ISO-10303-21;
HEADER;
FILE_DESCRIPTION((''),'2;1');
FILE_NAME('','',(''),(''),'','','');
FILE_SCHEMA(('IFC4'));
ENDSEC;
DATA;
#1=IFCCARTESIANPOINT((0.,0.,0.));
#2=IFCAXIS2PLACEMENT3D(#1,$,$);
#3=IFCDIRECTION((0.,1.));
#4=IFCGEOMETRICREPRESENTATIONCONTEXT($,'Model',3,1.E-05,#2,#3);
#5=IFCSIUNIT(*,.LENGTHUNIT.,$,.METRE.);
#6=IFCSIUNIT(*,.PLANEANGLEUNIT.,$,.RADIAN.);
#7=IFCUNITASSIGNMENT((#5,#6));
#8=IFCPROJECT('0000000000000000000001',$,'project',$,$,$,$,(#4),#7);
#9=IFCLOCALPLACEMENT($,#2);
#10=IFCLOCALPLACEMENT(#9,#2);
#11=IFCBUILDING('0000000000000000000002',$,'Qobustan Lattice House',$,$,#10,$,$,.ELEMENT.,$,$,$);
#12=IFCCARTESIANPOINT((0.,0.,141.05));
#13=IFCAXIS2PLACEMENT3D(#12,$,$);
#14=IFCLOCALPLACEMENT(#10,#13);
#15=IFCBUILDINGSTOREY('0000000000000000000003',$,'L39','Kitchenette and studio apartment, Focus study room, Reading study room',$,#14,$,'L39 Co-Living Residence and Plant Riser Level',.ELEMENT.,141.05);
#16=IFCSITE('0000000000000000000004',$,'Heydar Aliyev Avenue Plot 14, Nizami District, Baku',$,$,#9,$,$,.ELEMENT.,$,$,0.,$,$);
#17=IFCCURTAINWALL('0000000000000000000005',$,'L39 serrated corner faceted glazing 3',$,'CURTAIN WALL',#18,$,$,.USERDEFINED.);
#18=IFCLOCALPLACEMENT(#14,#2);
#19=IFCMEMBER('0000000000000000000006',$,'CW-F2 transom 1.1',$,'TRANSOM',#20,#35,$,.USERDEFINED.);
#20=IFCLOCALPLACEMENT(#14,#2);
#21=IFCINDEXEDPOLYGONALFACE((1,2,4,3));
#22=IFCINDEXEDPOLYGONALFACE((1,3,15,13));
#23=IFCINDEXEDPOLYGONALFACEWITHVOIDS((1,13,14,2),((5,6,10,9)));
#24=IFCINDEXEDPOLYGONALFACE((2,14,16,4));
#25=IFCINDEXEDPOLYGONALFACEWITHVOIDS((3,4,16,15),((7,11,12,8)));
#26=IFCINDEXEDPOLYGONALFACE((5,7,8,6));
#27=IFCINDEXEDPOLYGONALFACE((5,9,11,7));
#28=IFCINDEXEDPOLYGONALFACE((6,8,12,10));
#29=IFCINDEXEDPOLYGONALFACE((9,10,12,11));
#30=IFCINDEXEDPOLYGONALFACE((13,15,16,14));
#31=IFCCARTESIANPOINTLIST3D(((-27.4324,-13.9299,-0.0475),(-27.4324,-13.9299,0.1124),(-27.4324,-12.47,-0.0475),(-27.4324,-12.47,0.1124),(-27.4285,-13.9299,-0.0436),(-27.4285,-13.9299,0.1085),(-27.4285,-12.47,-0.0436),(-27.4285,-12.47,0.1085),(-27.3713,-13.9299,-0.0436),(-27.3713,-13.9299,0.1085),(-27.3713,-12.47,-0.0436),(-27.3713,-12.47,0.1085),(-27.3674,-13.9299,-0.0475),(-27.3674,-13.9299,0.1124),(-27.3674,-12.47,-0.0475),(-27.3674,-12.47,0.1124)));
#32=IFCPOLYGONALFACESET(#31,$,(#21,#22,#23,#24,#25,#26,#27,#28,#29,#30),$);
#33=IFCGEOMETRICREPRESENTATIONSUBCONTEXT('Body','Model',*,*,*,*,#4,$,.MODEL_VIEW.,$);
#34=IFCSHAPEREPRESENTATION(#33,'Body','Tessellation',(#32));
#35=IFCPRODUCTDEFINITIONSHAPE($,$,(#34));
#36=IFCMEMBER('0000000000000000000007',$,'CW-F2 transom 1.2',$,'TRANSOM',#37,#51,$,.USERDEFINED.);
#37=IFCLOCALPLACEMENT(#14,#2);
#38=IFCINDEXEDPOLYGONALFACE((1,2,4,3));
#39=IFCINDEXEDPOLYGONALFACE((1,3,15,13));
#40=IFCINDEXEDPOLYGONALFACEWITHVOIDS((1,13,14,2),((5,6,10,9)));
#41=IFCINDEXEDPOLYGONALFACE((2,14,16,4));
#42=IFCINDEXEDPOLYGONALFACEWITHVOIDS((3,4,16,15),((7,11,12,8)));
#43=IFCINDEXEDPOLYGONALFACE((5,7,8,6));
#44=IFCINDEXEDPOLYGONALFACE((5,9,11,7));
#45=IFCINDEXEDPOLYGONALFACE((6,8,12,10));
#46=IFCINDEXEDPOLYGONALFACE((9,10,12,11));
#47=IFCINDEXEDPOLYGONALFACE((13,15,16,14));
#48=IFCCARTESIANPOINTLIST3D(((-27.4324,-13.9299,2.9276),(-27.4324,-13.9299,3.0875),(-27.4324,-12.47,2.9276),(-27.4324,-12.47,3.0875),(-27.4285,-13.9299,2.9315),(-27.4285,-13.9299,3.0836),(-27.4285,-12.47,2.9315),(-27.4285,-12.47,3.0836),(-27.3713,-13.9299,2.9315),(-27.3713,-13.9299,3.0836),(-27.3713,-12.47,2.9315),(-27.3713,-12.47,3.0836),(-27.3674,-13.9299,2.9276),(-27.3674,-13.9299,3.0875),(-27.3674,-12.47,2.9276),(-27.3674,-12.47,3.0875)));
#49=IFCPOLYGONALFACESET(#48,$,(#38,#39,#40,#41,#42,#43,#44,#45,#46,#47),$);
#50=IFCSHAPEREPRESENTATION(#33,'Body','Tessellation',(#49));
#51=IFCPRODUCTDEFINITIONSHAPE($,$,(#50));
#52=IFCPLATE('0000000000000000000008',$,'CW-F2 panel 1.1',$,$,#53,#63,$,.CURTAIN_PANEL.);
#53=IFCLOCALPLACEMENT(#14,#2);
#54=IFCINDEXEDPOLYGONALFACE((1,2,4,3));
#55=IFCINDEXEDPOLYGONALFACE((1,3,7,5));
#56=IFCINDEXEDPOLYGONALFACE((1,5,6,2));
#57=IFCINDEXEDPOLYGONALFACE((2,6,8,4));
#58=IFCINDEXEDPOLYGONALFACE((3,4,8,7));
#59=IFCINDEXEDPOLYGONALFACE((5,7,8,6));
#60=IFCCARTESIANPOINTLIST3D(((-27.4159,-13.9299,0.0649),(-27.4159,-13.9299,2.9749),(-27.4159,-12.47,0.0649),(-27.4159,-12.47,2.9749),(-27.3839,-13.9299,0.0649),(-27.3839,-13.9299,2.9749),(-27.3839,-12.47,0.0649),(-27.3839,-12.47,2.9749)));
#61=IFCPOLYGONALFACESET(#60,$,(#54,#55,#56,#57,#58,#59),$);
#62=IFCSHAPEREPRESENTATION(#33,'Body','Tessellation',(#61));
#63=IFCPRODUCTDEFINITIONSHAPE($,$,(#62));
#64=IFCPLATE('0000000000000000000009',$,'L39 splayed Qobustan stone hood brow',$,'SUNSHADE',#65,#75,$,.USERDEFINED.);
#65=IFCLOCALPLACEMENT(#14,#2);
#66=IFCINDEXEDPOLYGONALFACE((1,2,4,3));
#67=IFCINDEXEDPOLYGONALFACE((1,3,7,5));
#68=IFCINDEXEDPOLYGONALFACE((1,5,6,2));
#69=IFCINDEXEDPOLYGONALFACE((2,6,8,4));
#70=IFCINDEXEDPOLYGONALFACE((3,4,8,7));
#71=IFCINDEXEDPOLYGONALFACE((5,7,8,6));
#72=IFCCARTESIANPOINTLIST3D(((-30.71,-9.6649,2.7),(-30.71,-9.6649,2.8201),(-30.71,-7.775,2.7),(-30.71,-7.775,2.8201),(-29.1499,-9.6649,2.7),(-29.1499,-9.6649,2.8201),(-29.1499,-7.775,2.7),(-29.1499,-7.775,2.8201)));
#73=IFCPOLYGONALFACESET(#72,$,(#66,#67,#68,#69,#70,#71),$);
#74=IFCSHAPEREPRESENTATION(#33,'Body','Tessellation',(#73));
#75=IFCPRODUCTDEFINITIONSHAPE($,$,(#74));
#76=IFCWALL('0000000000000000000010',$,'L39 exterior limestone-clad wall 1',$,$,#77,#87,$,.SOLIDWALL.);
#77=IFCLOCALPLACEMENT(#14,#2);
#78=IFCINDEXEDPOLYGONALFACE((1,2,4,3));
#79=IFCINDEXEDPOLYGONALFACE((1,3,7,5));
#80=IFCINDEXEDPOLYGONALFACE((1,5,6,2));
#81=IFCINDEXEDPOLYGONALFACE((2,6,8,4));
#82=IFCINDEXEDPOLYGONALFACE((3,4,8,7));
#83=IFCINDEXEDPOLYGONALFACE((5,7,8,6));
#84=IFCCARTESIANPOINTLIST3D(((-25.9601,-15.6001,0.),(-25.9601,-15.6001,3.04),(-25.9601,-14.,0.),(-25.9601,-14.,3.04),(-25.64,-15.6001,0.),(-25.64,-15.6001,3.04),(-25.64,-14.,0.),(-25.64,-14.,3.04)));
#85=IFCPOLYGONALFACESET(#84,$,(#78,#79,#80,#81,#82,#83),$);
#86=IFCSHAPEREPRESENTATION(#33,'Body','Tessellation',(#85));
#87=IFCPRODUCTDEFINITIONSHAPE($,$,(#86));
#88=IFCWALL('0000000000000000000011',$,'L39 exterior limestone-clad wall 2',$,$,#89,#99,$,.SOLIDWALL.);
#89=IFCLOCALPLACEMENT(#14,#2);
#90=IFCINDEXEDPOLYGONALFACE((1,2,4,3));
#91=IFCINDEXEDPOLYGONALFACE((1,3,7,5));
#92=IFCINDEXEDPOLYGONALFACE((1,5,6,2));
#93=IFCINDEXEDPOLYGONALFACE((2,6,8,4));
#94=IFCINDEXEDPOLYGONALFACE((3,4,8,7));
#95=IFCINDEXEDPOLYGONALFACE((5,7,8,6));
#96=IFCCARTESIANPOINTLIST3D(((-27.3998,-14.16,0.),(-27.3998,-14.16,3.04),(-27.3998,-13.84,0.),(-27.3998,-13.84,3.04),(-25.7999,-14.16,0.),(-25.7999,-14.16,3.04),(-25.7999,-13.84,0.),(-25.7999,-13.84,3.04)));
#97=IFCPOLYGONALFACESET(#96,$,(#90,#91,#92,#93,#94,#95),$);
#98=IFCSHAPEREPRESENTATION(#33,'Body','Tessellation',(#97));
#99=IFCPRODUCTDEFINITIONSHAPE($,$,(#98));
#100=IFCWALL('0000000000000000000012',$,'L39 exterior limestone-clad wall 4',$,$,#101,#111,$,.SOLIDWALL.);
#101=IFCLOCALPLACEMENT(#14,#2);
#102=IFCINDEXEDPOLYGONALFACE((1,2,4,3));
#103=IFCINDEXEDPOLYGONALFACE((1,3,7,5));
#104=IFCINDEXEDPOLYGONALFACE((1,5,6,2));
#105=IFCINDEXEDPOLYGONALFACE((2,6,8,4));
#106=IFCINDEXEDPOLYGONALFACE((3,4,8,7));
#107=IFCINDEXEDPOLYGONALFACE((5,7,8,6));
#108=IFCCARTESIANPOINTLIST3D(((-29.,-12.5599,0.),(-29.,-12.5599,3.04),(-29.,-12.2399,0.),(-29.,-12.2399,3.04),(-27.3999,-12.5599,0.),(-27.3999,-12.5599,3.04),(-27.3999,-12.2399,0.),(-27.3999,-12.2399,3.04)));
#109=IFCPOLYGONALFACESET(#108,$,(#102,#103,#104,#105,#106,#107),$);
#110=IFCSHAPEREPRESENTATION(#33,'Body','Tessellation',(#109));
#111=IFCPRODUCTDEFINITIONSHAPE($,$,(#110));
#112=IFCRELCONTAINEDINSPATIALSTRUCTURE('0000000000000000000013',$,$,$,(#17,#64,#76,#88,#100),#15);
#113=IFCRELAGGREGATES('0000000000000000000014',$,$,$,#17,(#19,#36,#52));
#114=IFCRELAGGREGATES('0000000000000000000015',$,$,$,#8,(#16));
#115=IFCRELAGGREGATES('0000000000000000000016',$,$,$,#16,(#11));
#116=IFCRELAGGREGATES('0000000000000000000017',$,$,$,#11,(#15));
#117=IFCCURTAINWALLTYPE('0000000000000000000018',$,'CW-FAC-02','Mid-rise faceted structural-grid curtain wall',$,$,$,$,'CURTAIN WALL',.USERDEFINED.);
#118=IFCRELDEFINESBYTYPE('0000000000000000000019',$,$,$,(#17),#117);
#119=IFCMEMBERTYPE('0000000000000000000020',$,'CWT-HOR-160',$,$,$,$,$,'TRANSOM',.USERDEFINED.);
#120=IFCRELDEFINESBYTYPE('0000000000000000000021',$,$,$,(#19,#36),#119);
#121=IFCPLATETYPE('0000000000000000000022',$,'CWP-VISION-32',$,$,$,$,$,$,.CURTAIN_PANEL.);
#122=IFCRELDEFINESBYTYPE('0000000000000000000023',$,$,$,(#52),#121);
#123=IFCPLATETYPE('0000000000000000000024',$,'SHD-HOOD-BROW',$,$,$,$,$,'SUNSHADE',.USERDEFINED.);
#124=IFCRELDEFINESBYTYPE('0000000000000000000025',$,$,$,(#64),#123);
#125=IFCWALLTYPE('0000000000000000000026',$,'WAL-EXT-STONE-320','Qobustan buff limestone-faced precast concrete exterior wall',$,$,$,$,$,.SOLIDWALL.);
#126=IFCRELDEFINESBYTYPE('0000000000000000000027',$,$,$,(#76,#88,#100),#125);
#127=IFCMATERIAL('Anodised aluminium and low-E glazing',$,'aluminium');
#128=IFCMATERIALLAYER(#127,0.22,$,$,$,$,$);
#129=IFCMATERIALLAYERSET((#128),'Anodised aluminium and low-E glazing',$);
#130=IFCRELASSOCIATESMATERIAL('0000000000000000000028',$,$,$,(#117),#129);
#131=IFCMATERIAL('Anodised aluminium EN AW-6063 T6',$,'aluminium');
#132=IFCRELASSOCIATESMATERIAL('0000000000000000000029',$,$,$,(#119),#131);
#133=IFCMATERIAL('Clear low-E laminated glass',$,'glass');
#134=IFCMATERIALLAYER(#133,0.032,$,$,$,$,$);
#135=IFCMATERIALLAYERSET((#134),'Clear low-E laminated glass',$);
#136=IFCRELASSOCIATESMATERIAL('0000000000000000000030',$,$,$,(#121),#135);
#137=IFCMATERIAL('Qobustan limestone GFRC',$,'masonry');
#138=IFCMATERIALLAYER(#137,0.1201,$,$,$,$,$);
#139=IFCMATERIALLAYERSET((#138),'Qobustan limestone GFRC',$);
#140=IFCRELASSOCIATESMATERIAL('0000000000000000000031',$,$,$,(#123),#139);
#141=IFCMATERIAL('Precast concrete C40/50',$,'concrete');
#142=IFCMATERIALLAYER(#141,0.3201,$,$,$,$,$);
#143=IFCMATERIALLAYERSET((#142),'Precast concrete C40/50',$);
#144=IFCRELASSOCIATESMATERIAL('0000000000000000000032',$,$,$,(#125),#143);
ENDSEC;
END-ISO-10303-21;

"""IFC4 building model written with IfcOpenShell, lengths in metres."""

from ifc_helpers import new_model, si_unit, direction, frame, frame_2d, origin, origin_2d, place, context, subcontext, project, spatial, rectangle, hollow_rectangle, extrude, material, layer, layer_set, material_profile, profile_set, type_object, element, aggregate, save


model = new_model("IFC4")

# Units and contexts
model_context = context("Model", 3, precision=1e-05, world=origin(), true_north=direction((0.0, 1.0)))
body_context = subcontext(model_context, "Body", "Model", "MODEL_VIEW")
ifc_project = project(units=[si_unit("LENGTHUNIT", "METRE"), si_unit("PLANEANGLEUNIT", "RADIAN")], contexts=[model_context])

# Site, building, storey
site_placement = place(None, origin())
site = spatial("IfcSite", under=ifc_project, at=site_placement, Name="Heydar Aliyev Avenue Plot 14, Nizami District, Baku", CompositionType="ELEMENT", RefElevation=0.0)
building_placement = place(site_placement, origin())
building = spatial("IfcBuilding", under=site, at=building_placement, Name="Qobustan Lattice House", CompositionType="ELEMENT")
storey_placement = place(building_placement, frame((0.0, 0.0, 141.05)))
storey = spatial("IfcBuildingStorey", under=building, at=storey_placement, Name="L39", Description="Kitchenette and studio apartment, Focus study room, Reading study room", LongName="L39 Co-Living Residence and Plant Riser Level", CompositionType="ELEMENT", Elevation=141.05)

# Curtain wall, members, plate
ifc_material_1 = material(Name="Anodised aluminium and low-E glazing", Category="aluminium")
ifc_layer_1 = layer(ifc_material_1, 0.22)
ifc_layer_set_1 = layer_set([ifc_layer_1], Name="Anodised aluminium and low-E glazing")
curtain_wall_type = type_object("IfcCurtainWallType", Name="CW-FAC-02", Description="Mid-rise faceted structural-grid curtain wall", ElementType="CURTAIN WALL", PredefinedType="USERDEFINED", material=ifc_layer_set_1)
curtain_wall_placement = place(storey_placement, origin())
curtain_wall = element("IfcCurtainWall", 1, at=curtain_wall_placement, inside=storey, type_object=curtain_wall_type, Name="L39 serrated corner faceted glazing 3", ObjectType="CURTAIN WALL", PredefinedType="USERDEFINED")
ifc_material_2 = material(Name="Anodised aluminium EN AW-6063 T6", Category="aluminium")
ifc_material_profile_1 = material_profile(ifc_material_2, hollow_rectangle(XDim=0.0649, YDim=0.1599, WallThickness=0.0039, at=origin_2d()), Name="CWT-160x65")
ifc_profile_set_1 = profile_set([ifc_material_profile_1], Name="Anodised aluminium EN AW-6063 T6")
member_type_1 = type_object("IfcMemberType", Name="CWT-HOR-160", ElementType="TRANSOM", PredefinedType="USERDEFINED", material=ifc_profile_set_1)
member_1_placement = place(storey_placement, frame((-27.3999, -13.9299, 0.0325), z_axis=(0.0, 1.0, 0.0), x_axis=(-1.0, 0.0, 0.0)))
member_1 = element("IfcMember", 2, at=member_1_placement, type_object=member_type_1, Name="CW-F2 transom 1.1", ObjectType="TRANSOM", PredefinedType="USERDEFINED", context=body_context, shape_type="SweptSolid", body=[
    extrude(hollow_rectangle(XDim=0.0649, YDim=0.1599, WallThickness=0.0039, at=origin_2d()), origin(), (0.0, 0.0, 1.0), 1.46),
])
member_2_placement = place(storey_placement, frame((-27.3999, -13.9299, 3.0076), z_axis=(0.0, 1.0, 0.0), x_axis=(-1.0, 0.0, 0.0)))
member_2 = element("IfcMember", 3, at=member_2_placement, type_object=member_type_1, Name="CW-F2 transom 1.2", ObjectType="TRANSOM", PredefinedType="USERDEFINED", context=body_context, shape_type="SweptSolid", body=[
    extrude(hollow_rectangle(XDim=0.0649, YDim=0.1599, WallThickness=0.0039, at=origin_2d()), origin(), (0.0, 0.0, 1.0), 1.46),
])
ifc_material_3 = material(Name="Clear low-E laminated glass", Category="glass")
ifc_layer_2 = layer(ifc_material_3, 0.032)
ifc_layer_set_2 = layer_set([ifc_layer_2], Name="Clear low-E laminated glass")
plate_type_1 = type_object("IfcPlateType", Name="CWP-VISION-32", PredefinedType="CURTAIN_PANEL", material=ifc_layer_set_2)
plate_1_placement = place(storey_placement, frame((-27.3999, -13.2, 0.0649), z_axis=(0.0, 0.0, 1.0), x_axis=(0.0, 1.0, 0.0)))
plate_1 = element("IfcPlate", 4, at=plate_1_placement, type_object=plate_type_1, Name="CW-F2 panel 1.1", PredefinedType="CURTAIN_PANEL", context=body_context, shape_type="SweptSolid", body=[
    extrude(rectangle(XDim=1.46, YDim=0.032, at=origin_2d()), origin(), (0.0, 0.0, 1.0), 2.9099),
])
aggregate(curtain_wall, [member_1, member_2, plate_1])

# Plate
ifc_material_4 = material(Name="Qobustan limestone GFRC", Category="masonry")
ifc_layer_3 = layer(ifc_material_4, 0.1201)
ifc_layer_set_3 = layer_set([ifc_layer_3], Name="Qobustan limestone GFRC")
plate_type_2 = type_object("IfcPlateType", Name="SHD-HOOD-BROW", ElementType="SUNSHADE", PredefinedType="USERDEFINED", material=ifc_layer_set_3)
plate_2_placement = place(storey_placement, frame((-29.9299, -8.72, 2.7), z_axis=(0.0, 0.0, 1.0), x_axis=(0.0, 1.0, 0.0)))
element("IfcPlate", 5, at=plate_2_placement, inside=storey, type_object=plate_type_2, Name="L39 splayed Qobustan stone hood brow", ObjectType="SUNSHADE", PredefinedType="USERDEFINED", context=body_context, shape_type="SweptSolid", body=[
    extrude(rectangle(XDim=1.8899, YDim=1.5601, at=origin_2d()), origin(), (0.0, 0.0, 1.0), 0.1201),
])

# Walls
ifc_material_5 = material(Name="Precast concrete C40/50", Category="concrete")
ifc_layer_4 = layer(ifc_material_5, 0.3201)
ifc_layer_set_4 = layer_set([ifc_layer_4], Name="Precast concrete C40/50")
wall_type = type_object("IfcWallType", Name="WAL-EXT-STONE-320", Description="Qobustan buff limestone-faced precast concrete exterior wall", PredefinedType="SOLIDWALL", material=ifc_layer_set_4)
wall_1_placement = place(storey_placement, frame((-25.8, -15.6001, 0.0), z_axis=(0.0, 0.0, 1.0), x_axis=(0.0, 1.0, 0.0)))
element("IfcWall", 6, at=wall_1_placement, inside=storey, type_object=wall_type, Name="L39 exterior limestone-clad wall 1", PredefinedType="SOLIDWALL", context=body_context, shape_type="SweptSolid", body=[
    extrude(rectangle(XDim=1.6001, YDim=0.3201, at=frame_2d((0.8, 0.0))), origin(), (0.0, 0.0, 1.0), 3.04),
])
wall_2_placement = place(storey_placement, frame((-25.8, -14.0, 0.0), z_axis=(0.0, 0.0, 1.0), x_axis=(-1.0, 0.0, 0.0)))
element("IfcWall", 7, at=wall_2_placement, inside=storey, type_object=wall_type, Name="L39 exterior limestone-clad wall 2", PredefinedType="SOLIDWALL", context=body_context, shape_type="SweptSolid", body=[
    extrude(rectangle(XDim=1.5999, YDim=0.3201, at=frame_2d((0.7998, 0.0))), origin(), (0.0, 0.0, 1.0), 3.04),
])
wall_3_placement = place(storey_placement, frame((-27.3999, -12.3999, 0.0), z_axis=(0.0, 0.0, 1.0), x_axis=(-1.0, 0.0, 0.0)))
element("IfcWall", 8, at=wall_3_placement, inside=storey, type_object=wall_type, Name="L39 exterior limestone-clad wall 4", PredefinedType="SOLIDWALL", context=body_context, shape_type="SweptSolid", body=[
    extrude(rectangle(XDim=1.6001, YDim=0.3201, at=frame_2d((0.8, 0.0))), origin(), (0.0, 0.0, 1.0), 3.04),
])

save(model, "model.ifc")
